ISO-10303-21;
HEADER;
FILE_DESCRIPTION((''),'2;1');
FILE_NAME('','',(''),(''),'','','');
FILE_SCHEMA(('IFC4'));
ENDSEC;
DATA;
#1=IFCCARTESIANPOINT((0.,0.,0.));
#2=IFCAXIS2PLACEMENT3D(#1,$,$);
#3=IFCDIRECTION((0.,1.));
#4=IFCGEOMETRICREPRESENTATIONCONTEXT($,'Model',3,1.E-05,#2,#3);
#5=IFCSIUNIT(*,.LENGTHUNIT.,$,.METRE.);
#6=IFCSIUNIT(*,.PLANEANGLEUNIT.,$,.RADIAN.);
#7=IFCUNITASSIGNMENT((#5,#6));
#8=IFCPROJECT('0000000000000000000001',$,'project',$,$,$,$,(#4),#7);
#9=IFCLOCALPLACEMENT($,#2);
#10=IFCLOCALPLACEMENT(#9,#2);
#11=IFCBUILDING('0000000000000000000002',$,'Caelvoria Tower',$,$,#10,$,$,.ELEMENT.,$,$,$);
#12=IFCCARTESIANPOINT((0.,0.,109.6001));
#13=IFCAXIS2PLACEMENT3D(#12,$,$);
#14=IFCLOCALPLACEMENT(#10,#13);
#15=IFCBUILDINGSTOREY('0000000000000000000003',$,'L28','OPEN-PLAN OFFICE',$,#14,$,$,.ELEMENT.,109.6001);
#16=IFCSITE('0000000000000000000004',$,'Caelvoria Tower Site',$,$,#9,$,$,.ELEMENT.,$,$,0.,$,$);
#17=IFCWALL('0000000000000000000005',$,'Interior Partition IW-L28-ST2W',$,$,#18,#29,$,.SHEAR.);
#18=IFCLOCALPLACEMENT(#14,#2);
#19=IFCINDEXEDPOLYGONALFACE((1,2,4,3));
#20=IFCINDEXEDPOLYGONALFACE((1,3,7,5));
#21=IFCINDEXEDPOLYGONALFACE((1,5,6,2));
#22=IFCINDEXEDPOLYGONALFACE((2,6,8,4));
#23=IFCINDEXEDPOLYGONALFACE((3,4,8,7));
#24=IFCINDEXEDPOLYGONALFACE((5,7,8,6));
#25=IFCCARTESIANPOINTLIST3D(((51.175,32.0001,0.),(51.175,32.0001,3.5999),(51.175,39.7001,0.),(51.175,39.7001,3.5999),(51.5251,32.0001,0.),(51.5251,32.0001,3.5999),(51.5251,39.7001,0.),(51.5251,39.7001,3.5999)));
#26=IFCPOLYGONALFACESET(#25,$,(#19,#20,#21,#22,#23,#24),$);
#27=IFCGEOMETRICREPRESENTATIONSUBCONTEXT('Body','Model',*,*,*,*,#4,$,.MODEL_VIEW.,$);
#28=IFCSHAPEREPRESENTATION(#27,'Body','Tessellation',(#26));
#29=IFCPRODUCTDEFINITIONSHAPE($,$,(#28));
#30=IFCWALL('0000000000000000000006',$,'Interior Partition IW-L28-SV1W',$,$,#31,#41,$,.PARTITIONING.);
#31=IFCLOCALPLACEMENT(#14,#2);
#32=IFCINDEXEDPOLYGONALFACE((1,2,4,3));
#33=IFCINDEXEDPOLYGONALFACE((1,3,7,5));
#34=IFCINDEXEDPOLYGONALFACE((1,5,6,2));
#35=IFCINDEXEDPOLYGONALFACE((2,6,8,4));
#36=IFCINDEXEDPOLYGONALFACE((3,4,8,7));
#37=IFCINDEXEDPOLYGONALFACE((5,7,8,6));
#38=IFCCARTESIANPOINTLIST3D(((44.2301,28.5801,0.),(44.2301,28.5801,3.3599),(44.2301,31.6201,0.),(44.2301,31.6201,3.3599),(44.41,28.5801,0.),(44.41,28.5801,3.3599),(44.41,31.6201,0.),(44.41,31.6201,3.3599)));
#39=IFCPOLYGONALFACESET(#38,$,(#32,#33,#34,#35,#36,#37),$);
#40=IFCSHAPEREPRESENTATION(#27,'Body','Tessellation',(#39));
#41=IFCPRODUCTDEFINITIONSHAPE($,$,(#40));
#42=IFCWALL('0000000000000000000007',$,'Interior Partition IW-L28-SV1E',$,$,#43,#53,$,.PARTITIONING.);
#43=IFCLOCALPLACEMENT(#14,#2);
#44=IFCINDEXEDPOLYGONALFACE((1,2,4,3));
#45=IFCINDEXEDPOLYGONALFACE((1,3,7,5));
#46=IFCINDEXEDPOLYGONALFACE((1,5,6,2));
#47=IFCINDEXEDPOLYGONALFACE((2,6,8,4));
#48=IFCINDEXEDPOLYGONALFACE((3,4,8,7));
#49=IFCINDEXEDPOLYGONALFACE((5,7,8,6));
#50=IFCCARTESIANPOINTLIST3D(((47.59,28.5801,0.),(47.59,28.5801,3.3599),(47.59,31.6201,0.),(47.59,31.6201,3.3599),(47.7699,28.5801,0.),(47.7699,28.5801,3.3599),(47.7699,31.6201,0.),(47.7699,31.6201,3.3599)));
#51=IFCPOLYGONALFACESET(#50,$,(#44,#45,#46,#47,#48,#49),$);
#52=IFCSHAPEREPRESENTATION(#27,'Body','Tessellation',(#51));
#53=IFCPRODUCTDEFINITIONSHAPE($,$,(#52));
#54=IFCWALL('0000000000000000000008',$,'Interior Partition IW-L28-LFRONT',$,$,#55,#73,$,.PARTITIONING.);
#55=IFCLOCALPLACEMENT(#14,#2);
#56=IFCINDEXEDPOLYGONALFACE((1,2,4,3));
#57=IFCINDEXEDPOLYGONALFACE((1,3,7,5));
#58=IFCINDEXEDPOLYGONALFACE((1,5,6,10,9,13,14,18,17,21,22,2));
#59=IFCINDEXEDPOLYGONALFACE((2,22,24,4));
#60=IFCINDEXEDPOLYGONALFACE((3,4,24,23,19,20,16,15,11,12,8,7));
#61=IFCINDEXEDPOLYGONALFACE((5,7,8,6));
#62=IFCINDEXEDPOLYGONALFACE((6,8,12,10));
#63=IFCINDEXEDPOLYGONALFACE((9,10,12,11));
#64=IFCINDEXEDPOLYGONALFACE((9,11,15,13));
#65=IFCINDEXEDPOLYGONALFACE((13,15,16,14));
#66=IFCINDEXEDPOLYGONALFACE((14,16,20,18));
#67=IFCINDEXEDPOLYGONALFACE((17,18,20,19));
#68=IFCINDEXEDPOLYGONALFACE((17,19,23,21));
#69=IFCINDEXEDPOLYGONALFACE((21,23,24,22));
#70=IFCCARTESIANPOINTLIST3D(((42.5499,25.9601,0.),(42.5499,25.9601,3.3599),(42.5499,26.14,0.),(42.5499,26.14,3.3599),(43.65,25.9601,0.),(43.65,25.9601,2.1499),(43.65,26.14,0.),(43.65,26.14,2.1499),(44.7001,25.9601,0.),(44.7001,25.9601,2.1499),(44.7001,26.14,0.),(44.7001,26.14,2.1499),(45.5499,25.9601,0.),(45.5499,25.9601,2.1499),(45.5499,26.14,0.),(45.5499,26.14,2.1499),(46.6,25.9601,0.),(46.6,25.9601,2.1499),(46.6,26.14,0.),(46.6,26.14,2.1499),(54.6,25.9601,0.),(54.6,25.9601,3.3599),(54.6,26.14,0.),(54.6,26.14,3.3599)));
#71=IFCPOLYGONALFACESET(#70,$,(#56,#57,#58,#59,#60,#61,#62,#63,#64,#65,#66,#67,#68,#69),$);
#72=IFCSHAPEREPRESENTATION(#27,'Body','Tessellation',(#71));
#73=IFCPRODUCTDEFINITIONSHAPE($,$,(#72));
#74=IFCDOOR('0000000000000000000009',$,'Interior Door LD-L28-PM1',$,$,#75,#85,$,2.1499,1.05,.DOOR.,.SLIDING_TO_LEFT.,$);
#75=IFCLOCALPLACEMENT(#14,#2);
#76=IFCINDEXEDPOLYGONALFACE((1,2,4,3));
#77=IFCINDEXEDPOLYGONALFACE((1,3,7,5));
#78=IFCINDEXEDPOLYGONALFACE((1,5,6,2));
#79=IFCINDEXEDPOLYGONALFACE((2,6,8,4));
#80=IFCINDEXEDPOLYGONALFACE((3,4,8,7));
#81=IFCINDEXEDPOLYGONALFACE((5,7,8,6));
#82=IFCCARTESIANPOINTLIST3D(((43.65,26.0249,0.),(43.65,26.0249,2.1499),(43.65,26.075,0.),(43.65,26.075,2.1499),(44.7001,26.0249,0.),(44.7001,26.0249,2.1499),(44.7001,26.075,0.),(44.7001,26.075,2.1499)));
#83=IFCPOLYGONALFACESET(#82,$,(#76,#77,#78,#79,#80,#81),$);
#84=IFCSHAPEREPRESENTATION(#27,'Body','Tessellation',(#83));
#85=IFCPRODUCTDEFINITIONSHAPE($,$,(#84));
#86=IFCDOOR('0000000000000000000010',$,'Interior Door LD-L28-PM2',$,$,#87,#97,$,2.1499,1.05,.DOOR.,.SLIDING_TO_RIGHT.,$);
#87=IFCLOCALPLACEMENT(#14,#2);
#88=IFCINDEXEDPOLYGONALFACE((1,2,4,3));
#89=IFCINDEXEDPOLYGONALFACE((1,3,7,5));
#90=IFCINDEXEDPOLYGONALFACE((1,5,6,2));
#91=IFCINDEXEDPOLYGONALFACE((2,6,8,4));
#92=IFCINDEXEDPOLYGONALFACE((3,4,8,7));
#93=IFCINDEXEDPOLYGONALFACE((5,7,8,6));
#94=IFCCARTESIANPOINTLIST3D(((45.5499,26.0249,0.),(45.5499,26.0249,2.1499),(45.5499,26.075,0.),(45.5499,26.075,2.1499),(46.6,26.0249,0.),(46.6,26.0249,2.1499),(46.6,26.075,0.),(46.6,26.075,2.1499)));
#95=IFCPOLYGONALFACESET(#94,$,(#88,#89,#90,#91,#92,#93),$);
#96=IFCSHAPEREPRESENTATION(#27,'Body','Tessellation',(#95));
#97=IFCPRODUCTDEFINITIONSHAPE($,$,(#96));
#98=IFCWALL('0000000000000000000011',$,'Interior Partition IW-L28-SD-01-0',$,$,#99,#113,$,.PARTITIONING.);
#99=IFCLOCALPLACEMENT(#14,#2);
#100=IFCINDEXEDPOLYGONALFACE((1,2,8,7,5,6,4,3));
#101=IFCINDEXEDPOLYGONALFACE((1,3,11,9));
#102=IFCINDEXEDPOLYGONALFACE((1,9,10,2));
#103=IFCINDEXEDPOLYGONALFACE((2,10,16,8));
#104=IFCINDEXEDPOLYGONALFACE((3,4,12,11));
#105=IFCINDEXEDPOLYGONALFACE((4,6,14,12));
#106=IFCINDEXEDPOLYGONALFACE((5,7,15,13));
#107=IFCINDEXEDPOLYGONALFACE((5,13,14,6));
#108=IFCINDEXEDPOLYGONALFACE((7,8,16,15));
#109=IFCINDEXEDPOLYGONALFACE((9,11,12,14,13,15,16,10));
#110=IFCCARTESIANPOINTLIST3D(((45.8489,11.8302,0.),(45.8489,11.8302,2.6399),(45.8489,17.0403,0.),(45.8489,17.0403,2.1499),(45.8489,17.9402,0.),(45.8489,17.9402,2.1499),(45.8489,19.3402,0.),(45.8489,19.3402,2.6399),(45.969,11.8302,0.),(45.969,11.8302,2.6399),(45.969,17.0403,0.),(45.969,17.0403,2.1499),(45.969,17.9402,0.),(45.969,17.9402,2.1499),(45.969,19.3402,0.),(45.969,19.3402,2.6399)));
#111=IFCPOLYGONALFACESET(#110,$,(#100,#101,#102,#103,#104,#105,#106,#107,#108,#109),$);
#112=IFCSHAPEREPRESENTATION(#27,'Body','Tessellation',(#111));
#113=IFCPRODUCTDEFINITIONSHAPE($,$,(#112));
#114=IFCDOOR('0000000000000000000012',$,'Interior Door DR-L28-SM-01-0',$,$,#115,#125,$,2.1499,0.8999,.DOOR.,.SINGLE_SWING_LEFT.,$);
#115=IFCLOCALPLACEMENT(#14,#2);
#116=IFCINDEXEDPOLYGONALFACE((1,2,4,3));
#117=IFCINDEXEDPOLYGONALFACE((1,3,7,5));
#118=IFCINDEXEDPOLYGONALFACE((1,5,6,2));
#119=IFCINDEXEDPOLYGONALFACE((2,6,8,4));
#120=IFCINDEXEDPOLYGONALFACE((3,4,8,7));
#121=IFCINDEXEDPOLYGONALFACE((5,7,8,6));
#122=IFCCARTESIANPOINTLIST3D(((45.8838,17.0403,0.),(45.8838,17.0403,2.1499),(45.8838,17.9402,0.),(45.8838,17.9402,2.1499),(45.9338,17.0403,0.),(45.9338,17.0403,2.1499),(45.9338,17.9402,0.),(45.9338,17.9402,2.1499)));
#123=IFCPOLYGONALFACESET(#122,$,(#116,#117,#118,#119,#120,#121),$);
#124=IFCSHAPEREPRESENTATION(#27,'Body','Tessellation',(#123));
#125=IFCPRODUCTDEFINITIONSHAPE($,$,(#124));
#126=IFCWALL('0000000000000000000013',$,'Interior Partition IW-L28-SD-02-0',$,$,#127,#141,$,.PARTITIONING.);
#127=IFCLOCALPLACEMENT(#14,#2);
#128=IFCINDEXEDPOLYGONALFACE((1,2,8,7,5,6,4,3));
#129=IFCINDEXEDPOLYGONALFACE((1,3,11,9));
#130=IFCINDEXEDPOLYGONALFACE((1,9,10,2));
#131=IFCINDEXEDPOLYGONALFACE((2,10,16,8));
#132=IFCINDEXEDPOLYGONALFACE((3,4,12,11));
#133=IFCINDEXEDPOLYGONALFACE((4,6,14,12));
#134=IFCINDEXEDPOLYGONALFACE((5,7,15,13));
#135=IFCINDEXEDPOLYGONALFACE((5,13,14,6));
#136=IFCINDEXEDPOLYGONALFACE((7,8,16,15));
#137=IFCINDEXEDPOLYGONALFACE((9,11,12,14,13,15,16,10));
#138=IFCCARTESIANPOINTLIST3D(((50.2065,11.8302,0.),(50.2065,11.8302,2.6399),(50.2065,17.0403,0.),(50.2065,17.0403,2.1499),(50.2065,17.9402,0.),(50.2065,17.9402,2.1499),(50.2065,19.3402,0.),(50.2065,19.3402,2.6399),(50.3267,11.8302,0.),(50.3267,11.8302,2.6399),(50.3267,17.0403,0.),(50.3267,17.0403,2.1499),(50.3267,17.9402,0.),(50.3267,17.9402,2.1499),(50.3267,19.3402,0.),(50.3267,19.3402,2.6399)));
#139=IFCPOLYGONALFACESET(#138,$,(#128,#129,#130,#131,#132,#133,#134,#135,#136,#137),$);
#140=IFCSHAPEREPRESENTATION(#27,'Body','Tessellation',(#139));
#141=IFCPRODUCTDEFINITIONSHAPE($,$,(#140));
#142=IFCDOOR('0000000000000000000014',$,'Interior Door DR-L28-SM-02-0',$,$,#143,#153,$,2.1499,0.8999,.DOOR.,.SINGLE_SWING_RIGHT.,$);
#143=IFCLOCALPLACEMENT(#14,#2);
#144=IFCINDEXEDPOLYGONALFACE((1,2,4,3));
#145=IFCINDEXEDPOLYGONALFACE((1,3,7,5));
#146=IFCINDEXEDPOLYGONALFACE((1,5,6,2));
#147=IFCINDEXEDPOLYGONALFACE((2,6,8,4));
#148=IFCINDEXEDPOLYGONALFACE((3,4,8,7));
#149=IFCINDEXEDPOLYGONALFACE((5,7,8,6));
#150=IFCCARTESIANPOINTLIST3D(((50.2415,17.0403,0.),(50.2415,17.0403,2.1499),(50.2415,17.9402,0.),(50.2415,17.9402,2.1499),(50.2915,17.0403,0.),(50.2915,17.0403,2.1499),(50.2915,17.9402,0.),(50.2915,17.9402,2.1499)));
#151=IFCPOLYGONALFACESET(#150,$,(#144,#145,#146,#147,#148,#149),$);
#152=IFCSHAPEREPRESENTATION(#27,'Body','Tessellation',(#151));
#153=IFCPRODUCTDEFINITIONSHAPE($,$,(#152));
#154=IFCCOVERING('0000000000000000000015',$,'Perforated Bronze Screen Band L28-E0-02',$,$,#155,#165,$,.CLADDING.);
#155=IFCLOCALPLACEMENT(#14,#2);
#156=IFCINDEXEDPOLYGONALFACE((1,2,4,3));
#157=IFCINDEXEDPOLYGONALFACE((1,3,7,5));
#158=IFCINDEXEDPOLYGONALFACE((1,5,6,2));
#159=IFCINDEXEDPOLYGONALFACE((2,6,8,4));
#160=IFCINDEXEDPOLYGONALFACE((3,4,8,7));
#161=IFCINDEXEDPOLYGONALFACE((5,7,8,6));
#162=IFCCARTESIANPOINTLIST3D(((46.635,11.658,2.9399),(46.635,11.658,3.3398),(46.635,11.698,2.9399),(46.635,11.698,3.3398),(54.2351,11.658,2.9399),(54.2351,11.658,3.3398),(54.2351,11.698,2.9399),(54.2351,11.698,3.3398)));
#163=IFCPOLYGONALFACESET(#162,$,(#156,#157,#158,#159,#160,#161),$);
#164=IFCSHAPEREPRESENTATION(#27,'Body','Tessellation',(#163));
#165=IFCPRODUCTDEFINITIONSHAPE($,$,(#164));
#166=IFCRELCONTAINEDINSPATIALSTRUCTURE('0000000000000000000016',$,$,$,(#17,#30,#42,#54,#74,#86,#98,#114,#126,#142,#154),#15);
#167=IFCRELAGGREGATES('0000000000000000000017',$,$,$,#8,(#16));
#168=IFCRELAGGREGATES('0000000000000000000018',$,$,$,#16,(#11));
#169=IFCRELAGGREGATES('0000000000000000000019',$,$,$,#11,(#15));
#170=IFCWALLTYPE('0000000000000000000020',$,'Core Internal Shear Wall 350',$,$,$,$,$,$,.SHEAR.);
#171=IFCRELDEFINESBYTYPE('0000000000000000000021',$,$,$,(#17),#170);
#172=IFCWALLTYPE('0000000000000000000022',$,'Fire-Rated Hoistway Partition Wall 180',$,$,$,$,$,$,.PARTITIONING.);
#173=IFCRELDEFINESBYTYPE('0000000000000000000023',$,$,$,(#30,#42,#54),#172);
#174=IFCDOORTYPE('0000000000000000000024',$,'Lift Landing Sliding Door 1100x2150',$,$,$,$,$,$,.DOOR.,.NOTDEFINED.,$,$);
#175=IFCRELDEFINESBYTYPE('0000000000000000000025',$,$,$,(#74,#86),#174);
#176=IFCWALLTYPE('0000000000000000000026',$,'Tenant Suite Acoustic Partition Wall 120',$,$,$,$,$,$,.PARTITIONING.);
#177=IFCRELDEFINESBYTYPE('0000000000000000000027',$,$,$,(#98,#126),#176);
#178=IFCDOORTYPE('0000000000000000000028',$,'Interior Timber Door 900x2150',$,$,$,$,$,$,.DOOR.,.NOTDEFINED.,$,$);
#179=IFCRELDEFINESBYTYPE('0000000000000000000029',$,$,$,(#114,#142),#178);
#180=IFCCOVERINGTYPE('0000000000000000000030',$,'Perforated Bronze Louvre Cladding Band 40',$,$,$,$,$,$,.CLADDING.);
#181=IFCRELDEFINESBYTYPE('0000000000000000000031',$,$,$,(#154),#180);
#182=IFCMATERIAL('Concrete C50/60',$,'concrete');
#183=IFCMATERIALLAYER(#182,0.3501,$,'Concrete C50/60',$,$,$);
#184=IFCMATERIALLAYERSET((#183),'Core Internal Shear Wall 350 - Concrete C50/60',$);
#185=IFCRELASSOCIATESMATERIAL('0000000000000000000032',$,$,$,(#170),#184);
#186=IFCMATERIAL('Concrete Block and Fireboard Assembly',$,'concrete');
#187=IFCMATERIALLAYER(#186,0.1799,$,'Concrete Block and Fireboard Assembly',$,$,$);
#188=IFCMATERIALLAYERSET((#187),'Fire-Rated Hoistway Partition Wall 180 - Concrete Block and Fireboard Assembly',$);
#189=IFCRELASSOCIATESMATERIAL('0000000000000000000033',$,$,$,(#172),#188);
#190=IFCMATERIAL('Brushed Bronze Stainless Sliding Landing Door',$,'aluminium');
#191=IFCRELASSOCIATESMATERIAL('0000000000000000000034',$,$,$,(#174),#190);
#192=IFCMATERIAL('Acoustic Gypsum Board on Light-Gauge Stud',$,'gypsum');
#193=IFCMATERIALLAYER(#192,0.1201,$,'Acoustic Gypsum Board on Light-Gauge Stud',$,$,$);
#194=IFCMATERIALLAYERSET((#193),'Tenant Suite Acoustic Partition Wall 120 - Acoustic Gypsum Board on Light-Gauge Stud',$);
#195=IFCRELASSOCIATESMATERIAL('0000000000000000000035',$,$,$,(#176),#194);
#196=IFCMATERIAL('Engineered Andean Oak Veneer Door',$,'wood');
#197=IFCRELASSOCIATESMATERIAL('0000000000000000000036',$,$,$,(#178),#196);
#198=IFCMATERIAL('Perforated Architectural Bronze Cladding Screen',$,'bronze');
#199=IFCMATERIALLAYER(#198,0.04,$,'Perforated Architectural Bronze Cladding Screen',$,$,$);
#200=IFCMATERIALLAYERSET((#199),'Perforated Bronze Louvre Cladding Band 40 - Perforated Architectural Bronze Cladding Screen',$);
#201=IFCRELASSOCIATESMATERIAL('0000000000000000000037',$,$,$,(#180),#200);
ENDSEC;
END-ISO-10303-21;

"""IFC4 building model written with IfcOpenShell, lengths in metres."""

from ifc_helpers import new_model, si_unit, direction, frame, frame_2d, origin, origin_2d, place, context, subcontext, project, spatial, rectangle, extrude, material, layer, layer_set, type_object, element, fill, save


model = new_model("IFC4")

# Units and contexts
model_context = context("Model", 3, precision=1e-05, world=origin(), true_north=direction((0.0, 1.0)))
body_context = subcontext(model_context, "Body", "Model", "MODEL_VIEW")
ifc_project = project(units=[si_unit("LENGTHUNIT", "METRE"), si_unit("PLANEANGLEUNIT", "RADIAN")], contexts=[model_context])

# Site, building, storey
site_placement = place(None, origin())
site = spatial("IfcSite", under=ifc_project, at=site_placement, Name="Caelvoria Tower Site", CompositionType="ELEMENT", RefElevation=0.0)
building_placement = place(site_placement, origin())
building = spatial("IfcBuilding", under=site, at=building_placement, Name="Caelvoria Tower", CompositionType="ELEMENT")
storey_placement = place(building_placement, frame((0.0, 0.0, 109.6001)))
storey = spatial("IfcBuildingStorey", under=building, at=storey_placement, Name="L28", Description="OPEN-PLAN OFFICE", CompositionType="ELEMENT", Elevation=109.6001)

# Wall
ifc_material_1 = material(Name="Concrete C50/60", Category="concrete")
ifc_layer_1 = layer(ifc_material_1, 0.3501, Name="Concrete C50/60")
ifc_layer_set_1 = layer_set([ifc_layer_1], Name="Core Internal Shear Wall 350 - Concrete C50/60")
wall_type_1 = type_object("IfcWallType", Name="Core Internal Shear Wall 350", PredefinedType="SHEAR", material=ifc_layer_set_1)
wall_1_placement = place(storey_placement, frame((51.3501, 32.0, 0.0), z_axis=(0.0, 0.0, 1.0), x_axis=(0.0, 1.0, 0.0)))
element("IfcWall", 1, at=wall_1_placement, inside=storey, type_object=wall_type_1, Name="Interior Partition IW-L28-ST2W", PredefinedType="SHEAR", context=body_context, shape_type="SweptSolid", body=[
    extrude(rectangle(XDim=7.7, YDim=0.3501, at=frame_2d((3.8501, 0.0))), origin(), (0.0, 0.0, 1.0), 3.5999),
])

# Walls
ifc_material_2 = material(Name="Concrete Block and Fireboard Assembly", Category="concrete")
ifc_layer_2 = layer(ifc_material_2, 0.1799, Name="Concrete Block and Fireboard Assembly")
ifc_layer_set_2 = layer_set([ifc_layer_2], Name="Fire-Rated Hoistway Partition Wall 180 - Concrete Block and Fireboard Assembly")
wall_type_2 = type_object("IfcWallType", Name="Fire-Rated Hoistway Partition Wall 180", PredefinedType="PARTITIONING", material=ifc_layer_set_2)
for number, where, z_axis, x_axis, name in (
    (2, (44.3201, 28.5801, 0.0), (0.0, 0.0, 1.0), (0.0, 1.0, 0.0), "Interior Partition IW-L28-SV1W"),
    (3, (47.6799, 28.5801, 0.0), (0.0, 0.0, 1.0), (0.0, 1.0, 0.0), "Interior Partition IW-L28-SV1E"),
):
    element("IfcWall", number, at=place(storey_placement, frame(where, z_axis=z_axis, x_axis=x_axis)), inside=storey, type_object=wall_type_2, Name=name, PredefinedType="PARTITIONING", context=body_context, shape_type="SweptSolid", body=[
        extrude(rectangle(XDim=3.04, YDim=0.1799, at=frame_2d((1.52, 0.0))), origin(), (0.0, 0.0, 1.0), 3.3599),
    ])

# Wall, openings, doors
wall_2_placement = place(storey_placement, frame((42.55, 26.05, 0.0), z_axis=(0.0, 0.0, 1.0), x_axis=(1.0, 0.0, 0.0)))
wall_2 = element("IfcWall", 4, at=wall_2_placement, inside=storey, type_object=wall_type_2, Name="Interior Partition IW-L28-LFRONT", PredefinedType="PARTITIONING", context=body_context, shape_type="SweptSolid", body=[
    extrude(rectangle(XDim=12.05, YDim=0.1799, at=frame_2d((6.0249, 0.0))), origin(), (0.0, 0.0, 1.0), 3.3599),
])
opening_1_placement = place(wall_2_placement, frame((1.1001, 0.0, 0.0)))
opening_1 = element("IfcOpeningElement", 5, at=opening_1_placement, cuts=wall_2, PredefinedType="OPENING", context=body_context, shape_type="SweptSolid", body=[
    extrude(rectangle(XDim=1.05, YDim=2.1499, at=frame_2d((0.5249, 1.075))), frame((0.0, 0.0999, 0.0), z_axis=(0.0, -1.0, 0.0), x_axis=(1.0, 0.0, 0.0)), (0.0, 0.0, 1.0), 0.2),
])
opening_2_placement = place(wall_2_placement, frame((3.0, 0.0, 0.0)))
opening_2 = element("IfcOpeningElement", 6, at=opening_2_placement, cuts=wall_2, PredefinedType="OPENING", context=body_context, shape_type="SweptSolid", body=[
    extrude(rectangle(XDim=1.05, YDim=2.1499, at=frame_2d((0.5249, 1.075))), frame((0.0, 0.0999, 0.0), z_axis=(0.0, -1.0, 0.0), x_axis=(1.0, 0.0, 0.0)), (0.0, 0.0, 1.0), 0.2),
])
ifc_material_3 = material(Name="Brushed Bronze Stainless Sliding Landing Door", Category="aluminium")
door_type_1 = type_object("IfcDoorType", Name="Lift Landing Sliding Door 1100x2150", OperationType="NOTDEFINED", PredefinedType="DOOR", material=ifc_material_3)
door_1_placement = place(opening_1_placement, origin())
door_1 = element("IfcDoor", 7, at=door_1_placement, inside=storey, type_object=door_type_1, Name="Interior Door LD-L28-PM1", OperationType="SLIDING_TO_LEFT", OverallHeight=2.1499, OverallWidth=1.05, PredefinedType="DOOR", context=body_context, shape_type="SweptSolid", body=[
    extrude(rectangle(XDim=1.05, YDim=2.1499, at=frame_2d((0.5249, 1.075))), frame((0.0, 0.0249, 0.0), z_axis=(0.0, -1.0, 0.0), x_axis=(1.0, 0.0, 0.0)), (0.0, 0.0, 1.0), 0.05),
])
fill(opening_1, door_1)
door_2_placement = place(opening_2_placement, origin())
door_2 = element("IfcDoor", 8, at=door_2_placement, inside=storey, type_object=door_type_1, Name="Interior Door LD-L28-PM2", OperationType="SLIDING_TO_RIGHT", OverallHeight=2.1499, OverallWidth=1.05, PredefinedType="DOOR", context=body_context, shape_type="SweptSolid", body=[
    extrude(rectangle(XDim=1.05, YDim=2.1499, at=frame_2d((0.5249, 1.075))), frame((0.0, 0.0249, 0.0), z_axis=(0.0, -1.0, 0.0), x_axis=(1.0, 0.0, 0.0)), (0.0, 0.0, 1.0), 0.05),
])
fill(opening_2, door_2)

# Walls, openings, doors
ifc_material_4 = material(Name="Acoustic Gypsum Board on Light-Gauge Stud", Category="gypsum")
ifc_layer_3 = layer(ifc_material_4, 0.1201, Name="Acoustic Gypsum Board on Light-Gauge Stud")
ifc_layer_set_3 = layer_set([ifc_layer_3], Name="Tenant Suite Acoustic Partition Wall 120 - Acoustic Gypsum Board on Light-Gauge Stud")
wall_type_3 = type_object("IfcWallType", Name="Tenant Suite Acoustic Partition Wall 120", PredefinedType="PARTITIONING", material=ifc_layer_set_3)
wall_3_placement = place(storey_placement, frame((45.9089, 19.3401, 0.0), z_axis=(0.0, 0.0, 1.0), x_axis=(0.0, -1.0, 0.0)))
wall_3 = element("IfcWall", 9, at=wall_3_placement, inside=storey, type_object=wall_type_3, Name="Interior Partition IW-L28-SD-01-0", PredefinedType="PARTITIONING", context=body_context, shape_type="SweptSolid", body=[
    extrude(rectangle(XDim=7.51, YDim=0.1201, at=frame_2d((3.7549, 0.0))), origin(), (0.0, 0.0, 1.0), 2.6399),
])
opening_3_placement = place(wall_3_placement, frame((1.3999, 0.0, 0.0)))
opening_3 = element("IfcOpeningElement", 10, at=opening_3_placement, cuts=wall_3, PredefinedType="OPENING", context=body_context, shape_type="SweptSolid", body=[
    extrude(rectangle(XDim=0.8999, YDim=2.1499, at=frame_2d((0.45, 1.075))), frame((0.0, 0.0701, 0.0), z_axis=(0.0, -1.0, 0.0), x_axis=(1.0, 0.0, 0.0)), (0.0, 0.0, 1.0), 0.1401),
])
ifc_material_5 = material(Name="Engineered Andean Oak Veneer Door", Category="wood")
door_type_2 = type_object("IfcDoorType", Name="Interior Timber Door 900x2150", OperationType="NOTDEFINED", PredefinedType="DOOR", material=ifc_material_5)
door_3_placement = place(opening_3_placement, origin())
door_3 = element("IfcDoor", 11, at=door_3_placement, inside=storey, type_object=door_type_2, Name="Interior Door DR-L28-SM-01-0", OperationType="SINGLE_SWING_LEFT", OverallHeight=2.1499, OverallWidth=0.8999, PredefinedType="DOOR", context=body_context, shape_type="SweptSolid", body=[
    extrude(rectangle(XDim=0.8999, YDim=2.1499, at=frame_2d((0.45, 1.075))), frame((0.0, 0.0249, 0.0), z_axis=(0.0, -1.0, 0.0), x_axis=(1.0, 0.0, 0.0)), (0.0, 0.0, 1.0), 0.05),
])
fill(opening_3, door_3)
wall_4_placement = place(storey_placement, frame((50.2666, 19.3401, 0.0), z_axis=(0.0, 0.0, 1.0), x_axis=(0.0, -1.0, 0.0)))
wall_4 = element("IfcWall", 12, at=wall_4_placement, inside=storey, type_object=wall_type_3, Name="Interior Partition IW-L28-SD-02-0", PredefinedType="PARTITIONING", context=body_context, shape_type="SweptSolid", body=[
    extrude(rectangle(XDim=7.51, YDim=0.1201, at=frame_2d((3.7549, 0.0))), origin(), (0.0, 0.0, 1.0), 2.6399),
])
opening_4_placement = place(wall_4_placement, frame((1.3999, 0.0, 0.0)))
opening_4 = element("IfcOpeningElement", 13, at=opening_4_placement, cuts=wall_4, PredefinedType="OPENING", context=body_context, shape_type="SweptSolid", body=[
    extrude(rectangle(XDim=0.8999, YDim=2.1499, at=frame_2d((0.45, 1.075))), frame((0.0, 0.0701, 0.0), z_axis=(0.0, -1.0, 0.0), x_axis=(1.0, 0.0, 0.0)), (0.0, 0.0, 1.0), 0.1401),
])
door_4_placement = place(opening_4_placement, origin())
door_4 = element("IfcDoor", 14, at=door_4_placement, inside=storey, type_object=door_type_2, Name="Interior Door DR-L28-SM-02-0", OperationType="SINGLE_SWING_RIGHT", OverallHeight=2.1499, OverallWidth=0.8999, PredefinedType="DOOR", context=body_context, shape_type="SweptSolid", body=[
    extrude(rectangle(XDim=0.8999, YDim=2.1499, at=frame_2d((0.45, 1.075))), frame((0.0, 0.0249, 0.0), z_axis=(0.0, -1.0, 0.0), x_axis=(1.0, 0.0, 0.0)), (0.0, 0.0, 1.0), 0.05),
])
fill(opening_4, door_4)

# Covering
ifc_material_6 = material(Name="Perforated Architectural Bronze Cladding Screen", Category="bronze")
ifc_layer_4 = layer(ifc_material_6, 0.04, Name="Perforated Architectural Bronze Cladding Screen")
ifc_layer_set_4 = layer_set([ifc_layer_4], Name="Perforated Bronze Louvre Cladding Band 40 - Perforated Architectural Bronze Cladding Screen")
covering_type = type_object("IfcCoveringType", Name="Perforated Bronze Louvre Cladding Band 40", PredefinedType="CLADDING", material=ifc_layer_set_4)
for number, where, z_axis, x_axis, name in (
    (15, (50.4351, 11.678, 2.9399), (0.0, 0.0, 1.0), (1.0, 0.0, 0.0), "Perforated Bronze Screen Band L28-E0-02"),
):
    element("IfcCovering", number, at=place(storey_placement, frame(where, z_axis=z_axis, x_axis=x_axis)), inside=storey, type_object=covering_type, Name=name, PredefinedType="CLADDING", context=body_context, shape_type="SweptSolid", body=[
        extrude(rectangle(XDim=7.6001, YDim=0.04, at=origin_2d()), origin(), (0.0, 0.0, 1.0), 0.3999),
    ])

save(model, "model.ifc")
